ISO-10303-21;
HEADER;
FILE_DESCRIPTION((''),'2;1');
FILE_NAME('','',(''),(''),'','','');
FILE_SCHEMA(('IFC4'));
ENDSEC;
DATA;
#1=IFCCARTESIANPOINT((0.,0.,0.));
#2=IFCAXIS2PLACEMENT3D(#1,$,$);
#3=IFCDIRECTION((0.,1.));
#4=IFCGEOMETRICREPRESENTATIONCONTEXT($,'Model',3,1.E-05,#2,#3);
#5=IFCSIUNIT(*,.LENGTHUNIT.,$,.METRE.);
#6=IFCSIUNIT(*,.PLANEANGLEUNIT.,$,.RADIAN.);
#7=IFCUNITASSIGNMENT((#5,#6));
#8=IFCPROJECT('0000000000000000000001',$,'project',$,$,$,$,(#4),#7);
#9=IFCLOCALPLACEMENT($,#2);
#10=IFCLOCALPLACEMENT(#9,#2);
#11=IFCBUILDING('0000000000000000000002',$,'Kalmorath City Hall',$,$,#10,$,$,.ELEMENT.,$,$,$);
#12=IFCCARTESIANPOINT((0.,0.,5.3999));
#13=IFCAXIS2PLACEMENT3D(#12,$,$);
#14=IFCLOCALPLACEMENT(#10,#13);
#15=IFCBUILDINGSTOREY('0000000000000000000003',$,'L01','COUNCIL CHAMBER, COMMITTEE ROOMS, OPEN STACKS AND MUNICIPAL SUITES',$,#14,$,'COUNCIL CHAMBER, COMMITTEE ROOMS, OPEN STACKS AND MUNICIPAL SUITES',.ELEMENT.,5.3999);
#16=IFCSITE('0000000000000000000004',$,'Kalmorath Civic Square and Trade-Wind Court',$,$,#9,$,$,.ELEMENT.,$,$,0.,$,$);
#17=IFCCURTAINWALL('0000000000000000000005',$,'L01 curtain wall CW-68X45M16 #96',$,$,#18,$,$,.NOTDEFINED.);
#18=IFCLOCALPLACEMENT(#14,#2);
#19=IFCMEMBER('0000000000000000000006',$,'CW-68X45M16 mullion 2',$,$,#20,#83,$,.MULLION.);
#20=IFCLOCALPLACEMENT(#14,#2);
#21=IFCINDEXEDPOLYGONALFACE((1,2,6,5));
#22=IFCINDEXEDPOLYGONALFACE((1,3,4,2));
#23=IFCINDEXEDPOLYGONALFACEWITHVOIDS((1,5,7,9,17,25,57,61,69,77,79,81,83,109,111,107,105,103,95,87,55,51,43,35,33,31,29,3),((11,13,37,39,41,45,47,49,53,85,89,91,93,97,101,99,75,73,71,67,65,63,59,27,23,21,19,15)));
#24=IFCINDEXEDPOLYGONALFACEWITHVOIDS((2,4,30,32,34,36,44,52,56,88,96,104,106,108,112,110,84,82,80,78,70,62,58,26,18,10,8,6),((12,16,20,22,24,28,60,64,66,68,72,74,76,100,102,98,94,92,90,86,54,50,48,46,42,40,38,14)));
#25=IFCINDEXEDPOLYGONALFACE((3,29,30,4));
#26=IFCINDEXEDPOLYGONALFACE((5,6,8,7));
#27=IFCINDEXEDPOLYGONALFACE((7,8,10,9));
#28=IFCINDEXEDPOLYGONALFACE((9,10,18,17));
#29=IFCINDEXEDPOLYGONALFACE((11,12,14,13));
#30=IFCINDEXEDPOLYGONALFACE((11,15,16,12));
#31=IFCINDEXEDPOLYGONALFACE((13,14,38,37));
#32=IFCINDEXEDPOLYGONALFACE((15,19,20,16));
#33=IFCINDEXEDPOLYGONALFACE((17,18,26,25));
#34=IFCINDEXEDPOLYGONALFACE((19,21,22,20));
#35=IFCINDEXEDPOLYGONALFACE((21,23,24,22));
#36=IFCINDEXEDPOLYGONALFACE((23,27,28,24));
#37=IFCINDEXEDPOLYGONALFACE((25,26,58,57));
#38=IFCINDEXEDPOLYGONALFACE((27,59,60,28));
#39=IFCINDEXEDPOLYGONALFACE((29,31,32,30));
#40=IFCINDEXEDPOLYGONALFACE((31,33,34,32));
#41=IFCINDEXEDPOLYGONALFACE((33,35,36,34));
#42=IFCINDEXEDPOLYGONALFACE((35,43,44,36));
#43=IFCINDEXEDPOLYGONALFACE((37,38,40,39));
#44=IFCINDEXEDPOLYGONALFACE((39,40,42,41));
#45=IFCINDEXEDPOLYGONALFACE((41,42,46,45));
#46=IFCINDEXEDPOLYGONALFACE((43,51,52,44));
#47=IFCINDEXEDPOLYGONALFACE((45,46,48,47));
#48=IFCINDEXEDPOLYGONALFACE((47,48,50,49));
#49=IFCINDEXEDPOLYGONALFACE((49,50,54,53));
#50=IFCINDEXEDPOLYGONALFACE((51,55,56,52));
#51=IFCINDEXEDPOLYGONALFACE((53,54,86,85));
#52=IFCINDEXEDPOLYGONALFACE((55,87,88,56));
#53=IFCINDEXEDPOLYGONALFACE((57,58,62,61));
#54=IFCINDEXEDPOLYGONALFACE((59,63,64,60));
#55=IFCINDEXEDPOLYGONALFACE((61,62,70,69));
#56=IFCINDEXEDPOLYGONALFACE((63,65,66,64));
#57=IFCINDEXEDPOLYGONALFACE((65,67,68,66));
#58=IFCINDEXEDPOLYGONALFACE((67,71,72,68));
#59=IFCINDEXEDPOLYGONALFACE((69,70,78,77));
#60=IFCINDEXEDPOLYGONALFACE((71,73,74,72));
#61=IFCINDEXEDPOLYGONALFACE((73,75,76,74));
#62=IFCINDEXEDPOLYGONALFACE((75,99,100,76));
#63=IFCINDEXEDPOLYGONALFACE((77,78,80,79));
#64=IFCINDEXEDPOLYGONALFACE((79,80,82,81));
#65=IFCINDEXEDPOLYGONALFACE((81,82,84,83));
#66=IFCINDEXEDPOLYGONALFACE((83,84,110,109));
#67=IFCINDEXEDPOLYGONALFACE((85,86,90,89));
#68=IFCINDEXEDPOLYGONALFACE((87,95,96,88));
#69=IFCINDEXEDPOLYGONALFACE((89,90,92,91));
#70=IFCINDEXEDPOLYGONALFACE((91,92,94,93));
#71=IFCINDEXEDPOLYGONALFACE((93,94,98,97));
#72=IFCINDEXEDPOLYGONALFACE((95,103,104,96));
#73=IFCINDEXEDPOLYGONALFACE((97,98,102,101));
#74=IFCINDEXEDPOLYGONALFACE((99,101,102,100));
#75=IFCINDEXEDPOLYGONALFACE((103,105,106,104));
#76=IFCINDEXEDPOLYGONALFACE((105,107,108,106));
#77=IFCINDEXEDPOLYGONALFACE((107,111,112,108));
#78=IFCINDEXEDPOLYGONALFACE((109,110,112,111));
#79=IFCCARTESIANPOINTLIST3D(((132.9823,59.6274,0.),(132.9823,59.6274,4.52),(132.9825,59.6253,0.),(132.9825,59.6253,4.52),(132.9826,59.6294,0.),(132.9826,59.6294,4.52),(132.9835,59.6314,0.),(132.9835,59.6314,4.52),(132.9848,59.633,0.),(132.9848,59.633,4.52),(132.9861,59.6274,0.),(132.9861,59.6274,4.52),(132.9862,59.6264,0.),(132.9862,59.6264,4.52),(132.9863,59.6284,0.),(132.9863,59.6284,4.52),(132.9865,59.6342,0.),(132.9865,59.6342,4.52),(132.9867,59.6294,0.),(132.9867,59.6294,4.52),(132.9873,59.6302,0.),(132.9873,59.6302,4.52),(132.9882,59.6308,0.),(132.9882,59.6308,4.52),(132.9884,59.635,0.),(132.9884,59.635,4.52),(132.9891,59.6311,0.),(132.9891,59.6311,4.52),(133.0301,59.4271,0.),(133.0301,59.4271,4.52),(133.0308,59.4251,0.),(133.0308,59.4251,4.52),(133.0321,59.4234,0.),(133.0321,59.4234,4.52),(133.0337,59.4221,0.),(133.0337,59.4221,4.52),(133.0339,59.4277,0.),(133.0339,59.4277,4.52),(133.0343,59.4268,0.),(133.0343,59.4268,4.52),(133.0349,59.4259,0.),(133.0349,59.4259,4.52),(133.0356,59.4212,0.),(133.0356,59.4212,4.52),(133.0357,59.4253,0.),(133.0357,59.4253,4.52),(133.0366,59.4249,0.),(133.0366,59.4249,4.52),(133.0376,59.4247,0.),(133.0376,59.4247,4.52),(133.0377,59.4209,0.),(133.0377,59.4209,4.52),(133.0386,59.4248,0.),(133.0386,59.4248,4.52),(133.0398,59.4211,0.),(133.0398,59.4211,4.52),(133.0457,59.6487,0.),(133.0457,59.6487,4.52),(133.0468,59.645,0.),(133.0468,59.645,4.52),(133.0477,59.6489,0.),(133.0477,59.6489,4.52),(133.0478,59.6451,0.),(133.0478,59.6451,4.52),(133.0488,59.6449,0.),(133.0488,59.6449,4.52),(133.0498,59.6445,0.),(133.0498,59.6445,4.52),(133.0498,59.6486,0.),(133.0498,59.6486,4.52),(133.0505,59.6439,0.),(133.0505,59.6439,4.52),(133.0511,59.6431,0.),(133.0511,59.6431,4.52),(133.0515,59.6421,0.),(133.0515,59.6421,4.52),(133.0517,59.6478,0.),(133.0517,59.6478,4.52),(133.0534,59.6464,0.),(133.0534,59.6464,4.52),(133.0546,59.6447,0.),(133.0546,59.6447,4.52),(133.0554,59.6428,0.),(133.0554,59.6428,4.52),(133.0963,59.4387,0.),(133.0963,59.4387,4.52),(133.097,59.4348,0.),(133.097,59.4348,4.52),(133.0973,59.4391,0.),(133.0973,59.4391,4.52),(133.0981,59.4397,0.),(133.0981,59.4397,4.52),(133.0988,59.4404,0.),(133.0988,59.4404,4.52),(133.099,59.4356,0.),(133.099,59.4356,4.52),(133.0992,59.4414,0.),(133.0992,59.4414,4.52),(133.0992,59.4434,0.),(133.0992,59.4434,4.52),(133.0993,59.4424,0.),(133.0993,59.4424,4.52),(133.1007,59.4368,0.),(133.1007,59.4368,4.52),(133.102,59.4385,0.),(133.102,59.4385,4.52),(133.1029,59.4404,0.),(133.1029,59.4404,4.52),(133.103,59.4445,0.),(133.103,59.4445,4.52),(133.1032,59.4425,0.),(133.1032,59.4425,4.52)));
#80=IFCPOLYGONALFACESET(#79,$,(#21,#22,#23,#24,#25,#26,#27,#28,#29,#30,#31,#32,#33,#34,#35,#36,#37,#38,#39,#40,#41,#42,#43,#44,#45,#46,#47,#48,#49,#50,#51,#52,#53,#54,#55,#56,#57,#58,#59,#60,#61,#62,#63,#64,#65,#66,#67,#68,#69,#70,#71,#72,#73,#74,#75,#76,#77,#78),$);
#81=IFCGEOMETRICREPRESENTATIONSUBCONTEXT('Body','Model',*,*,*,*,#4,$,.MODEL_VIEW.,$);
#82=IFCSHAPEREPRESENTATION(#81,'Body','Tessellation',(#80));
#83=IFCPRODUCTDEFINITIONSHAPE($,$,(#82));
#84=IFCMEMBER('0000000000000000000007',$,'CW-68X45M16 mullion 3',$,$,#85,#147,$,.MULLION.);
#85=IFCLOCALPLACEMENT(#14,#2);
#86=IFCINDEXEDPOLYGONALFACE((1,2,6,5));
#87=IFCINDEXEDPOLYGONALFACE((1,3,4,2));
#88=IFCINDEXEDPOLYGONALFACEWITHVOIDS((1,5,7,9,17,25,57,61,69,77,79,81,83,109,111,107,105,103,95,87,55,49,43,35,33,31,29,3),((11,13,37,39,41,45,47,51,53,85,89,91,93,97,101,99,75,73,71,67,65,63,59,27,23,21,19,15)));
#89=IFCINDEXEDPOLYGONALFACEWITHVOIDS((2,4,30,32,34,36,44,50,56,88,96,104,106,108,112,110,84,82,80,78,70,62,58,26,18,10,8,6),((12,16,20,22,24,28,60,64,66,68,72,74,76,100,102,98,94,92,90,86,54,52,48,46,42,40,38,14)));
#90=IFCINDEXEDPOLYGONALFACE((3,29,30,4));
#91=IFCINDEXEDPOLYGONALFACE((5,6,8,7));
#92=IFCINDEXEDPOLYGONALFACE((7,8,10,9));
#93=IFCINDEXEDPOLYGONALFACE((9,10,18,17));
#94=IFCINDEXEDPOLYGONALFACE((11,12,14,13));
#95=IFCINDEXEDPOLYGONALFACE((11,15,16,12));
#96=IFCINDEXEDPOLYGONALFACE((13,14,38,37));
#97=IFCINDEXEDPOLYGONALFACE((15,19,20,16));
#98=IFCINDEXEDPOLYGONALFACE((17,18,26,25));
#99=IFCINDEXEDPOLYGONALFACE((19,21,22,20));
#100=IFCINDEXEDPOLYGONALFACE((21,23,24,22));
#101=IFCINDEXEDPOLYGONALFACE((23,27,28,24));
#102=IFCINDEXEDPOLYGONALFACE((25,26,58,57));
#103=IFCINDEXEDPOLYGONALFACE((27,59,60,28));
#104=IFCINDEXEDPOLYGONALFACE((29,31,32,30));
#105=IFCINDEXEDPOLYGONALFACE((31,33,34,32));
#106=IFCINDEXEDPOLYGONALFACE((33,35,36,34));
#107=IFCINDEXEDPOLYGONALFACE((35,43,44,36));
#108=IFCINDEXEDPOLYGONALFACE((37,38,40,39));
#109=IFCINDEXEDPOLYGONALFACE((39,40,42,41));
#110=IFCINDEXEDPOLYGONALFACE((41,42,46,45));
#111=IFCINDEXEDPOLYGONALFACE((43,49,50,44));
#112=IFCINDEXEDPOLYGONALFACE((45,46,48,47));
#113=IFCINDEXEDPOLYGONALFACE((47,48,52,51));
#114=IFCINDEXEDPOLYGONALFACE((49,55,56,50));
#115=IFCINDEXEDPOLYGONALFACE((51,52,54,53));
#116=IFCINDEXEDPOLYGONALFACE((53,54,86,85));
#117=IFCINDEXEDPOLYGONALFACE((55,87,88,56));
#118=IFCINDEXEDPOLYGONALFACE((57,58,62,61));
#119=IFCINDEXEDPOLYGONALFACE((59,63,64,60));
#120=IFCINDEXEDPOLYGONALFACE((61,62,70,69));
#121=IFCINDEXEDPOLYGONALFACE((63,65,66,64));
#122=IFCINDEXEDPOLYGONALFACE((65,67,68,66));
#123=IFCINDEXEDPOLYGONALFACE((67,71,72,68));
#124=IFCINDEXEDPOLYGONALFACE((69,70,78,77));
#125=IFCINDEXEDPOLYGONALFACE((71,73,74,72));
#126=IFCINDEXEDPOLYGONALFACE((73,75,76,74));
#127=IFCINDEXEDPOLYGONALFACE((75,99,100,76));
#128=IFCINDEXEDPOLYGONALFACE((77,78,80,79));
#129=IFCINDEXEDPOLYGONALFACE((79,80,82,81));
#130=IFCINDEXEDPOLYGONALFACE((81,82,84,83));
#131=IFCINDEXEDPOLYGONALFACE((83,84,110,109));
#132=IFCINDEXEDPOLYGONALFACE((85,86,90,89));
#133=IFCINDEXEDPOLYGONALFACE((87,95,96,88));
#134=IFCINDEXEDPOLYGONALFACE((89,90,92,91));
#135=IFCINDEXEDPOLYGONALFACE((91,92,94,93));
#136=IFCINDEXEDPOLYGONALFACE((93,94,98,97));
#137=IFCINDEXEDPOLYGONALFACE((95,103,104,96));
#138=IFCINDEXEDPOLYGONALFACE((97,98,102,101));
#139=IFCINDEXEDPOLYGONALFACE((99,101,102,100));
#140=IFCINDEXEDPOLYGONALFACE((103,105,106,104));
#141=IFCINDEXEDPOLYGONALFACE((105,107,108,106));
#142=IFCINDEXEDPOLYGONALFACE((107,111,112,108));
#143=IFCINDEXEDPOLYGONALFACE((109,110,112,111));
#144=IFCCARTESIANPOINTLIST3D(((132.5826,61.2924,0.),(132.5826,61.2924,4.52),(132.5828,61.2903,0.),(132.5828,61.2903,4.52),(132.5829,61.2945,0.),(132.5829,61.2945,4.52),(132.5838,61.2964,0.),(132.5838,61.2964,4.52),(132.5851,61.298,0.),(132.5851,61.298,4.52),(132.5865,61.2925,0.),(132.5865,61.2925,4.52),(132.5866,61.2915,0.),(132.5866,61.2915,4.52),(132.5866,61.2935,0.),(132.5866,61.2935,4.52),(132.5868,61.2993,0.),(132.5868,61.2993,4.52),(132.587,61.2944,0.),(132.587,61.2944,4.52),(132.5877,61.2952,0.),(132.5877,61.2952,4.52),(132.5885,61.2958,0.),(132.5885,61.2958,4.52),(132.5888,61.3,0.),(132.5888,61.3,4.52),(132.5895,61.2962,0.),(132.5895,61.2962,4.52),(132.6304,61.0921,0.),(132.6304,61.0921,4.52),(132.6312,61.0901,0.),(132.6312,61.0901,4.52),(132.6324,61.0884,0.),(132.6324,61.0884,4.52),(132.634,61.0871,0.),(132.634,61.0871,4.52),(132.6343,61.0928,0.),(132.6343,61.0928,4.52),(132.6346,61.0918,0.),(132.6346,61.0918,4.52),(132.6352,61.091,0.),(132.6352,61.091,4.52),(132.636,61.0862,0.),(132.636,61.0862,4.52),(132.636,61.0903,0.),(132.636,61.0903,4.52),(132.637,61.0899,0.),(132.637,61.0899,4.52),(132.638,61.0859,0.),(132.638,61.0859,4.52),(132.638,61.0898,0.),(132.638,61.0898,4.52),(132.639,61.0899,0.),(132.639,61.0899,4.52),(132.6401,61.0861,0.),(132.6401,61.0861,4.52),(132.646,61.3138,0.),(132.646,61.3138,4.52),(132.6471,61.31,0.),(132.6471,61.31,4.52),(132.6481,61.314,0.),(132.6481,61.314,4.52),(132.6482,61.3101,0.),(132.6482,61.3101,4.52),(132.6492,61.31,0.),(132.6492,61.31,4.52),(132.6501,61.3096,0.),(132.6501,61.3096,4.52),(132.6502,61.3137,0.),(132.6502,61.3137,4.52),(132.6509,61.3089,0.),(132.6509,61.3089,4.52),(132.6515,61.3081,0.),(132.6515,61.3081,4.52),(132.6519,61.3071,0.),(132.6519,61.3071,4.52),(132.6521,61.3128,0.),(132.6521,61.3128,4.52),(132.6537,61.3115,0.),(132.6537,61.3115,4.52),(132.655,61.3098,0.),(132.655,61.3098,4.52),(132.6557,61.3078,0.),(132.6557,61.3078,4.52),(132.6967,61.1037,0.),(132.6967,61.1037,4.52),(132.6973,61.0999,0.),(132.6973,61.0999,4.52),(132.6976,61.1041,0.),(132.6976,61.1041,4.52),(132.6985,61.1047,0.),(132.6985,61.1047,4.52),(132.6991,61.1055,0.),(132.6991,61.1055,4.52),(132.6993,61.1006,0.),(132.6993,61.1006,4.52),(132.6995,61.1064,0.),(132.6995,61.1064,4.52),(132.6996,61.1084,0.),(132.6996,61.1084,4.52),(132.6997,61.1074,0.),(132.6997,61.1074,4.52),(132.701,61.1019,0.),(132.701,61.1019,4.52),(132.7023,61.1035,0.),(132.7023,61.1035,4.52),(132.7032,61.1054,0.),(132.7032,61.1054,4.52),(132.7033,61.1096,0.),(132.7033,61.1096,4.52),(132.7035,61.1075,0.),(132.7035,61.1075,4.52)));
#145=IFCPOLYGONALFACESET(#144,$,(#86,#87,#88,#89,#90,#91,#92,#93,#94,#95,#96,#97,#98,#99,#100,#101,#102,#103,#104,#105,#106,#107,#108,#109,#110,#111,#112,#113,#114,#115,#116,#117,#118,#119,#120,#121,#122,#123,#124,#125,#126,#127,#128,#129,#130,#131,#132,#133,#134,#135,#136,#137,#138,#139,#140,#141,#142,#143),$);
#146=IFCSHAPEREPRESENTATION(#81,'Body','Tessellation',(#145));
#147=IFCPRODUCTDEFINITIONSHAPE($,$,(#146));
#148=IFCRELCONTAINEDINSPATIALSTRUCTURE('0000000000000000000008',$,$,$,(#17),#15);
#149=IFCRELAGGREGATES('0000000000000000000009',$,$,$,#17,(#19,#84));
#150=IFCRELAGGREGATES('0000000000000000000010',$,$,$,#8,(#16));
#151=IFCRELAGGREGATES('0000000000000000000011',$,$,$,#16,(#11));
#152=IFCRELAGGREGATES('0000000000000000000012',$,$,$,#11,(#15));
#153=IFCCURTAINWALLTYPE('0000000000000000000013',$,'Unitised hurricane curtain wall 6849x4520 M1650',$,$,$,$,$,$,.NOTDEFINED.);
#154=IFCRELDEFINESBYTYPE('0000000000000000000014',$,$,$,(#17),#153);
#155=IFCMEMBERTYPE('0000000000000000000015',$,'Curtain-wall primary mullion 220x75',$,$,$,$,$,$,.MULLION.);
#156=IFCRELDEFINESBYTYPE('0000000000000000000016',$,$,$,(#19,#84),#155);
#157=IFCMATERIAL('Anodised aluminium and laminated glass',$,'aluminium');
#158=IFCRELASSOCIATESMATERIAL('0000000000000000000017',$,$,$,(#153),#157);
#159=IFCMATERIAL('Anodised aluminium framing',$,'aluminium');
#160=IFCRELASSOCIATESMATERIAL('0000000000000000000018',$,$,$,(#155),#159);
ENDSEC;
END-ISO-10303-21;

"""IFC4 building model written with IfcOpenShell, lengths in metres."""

from ifc_helpers import new_model, si_unit, direction, frame, origin, origin_2d, place, context, subcontext, project, spatial, hollow_rectangle, extrude, material, material_profile, profile_set, type_object, element, aggregate, save


model = new_model("IFC4")

# Units and contexts
model_context = context("Model", 3, precision=1e-05, world=origin(), true_north=direction((0.0, 1.0)))
body_context = subcontext(model_context, "Body", "Model", "MODEL_VIEW")
ifc_project = project(units=[si_unit("LENGTHUNIT", "METRE"), si_unit("PLANEANGLEUNIT", "RADIAN")], contexts=[model_context])

# Site, building, storey
site_placement = place(None, origin())
site = spatial("IfcSite", under=ifc_project, at=site_placement, Name="Kalmorath Civic Square and Trade-Wind Court", CompositionType="ELEMENT", RefElevation=0.0)
building_placement = place(site_placement, origin())
building = spatial("IfcBuilding", under=site, at=building_placement, Name="Kalmorath City Hall", CompositionType="ELEMENT")
storey_placement = place(building_placement, frame((0.0, 0.0, 5.3999)))
storey = spatial("IfcBuildingStorey", under=building, at=storey_placement, Name="L01", Description="COUNCIL CHAMBER, COMMITTEE ROOMS, OPEN STACKS AND MUNICIPAL SUITES", LongName="COUNCIL CHAMBER, COMMITTEE ROOMS, OPEN STACKS AND MUNICIPAL SUITES", CompositionType="ELEMENT", Elevation=5.3999)

# Curtain wall, members
ifc_material_1 = material(Name="Anodised aluminium and laminated glass", Category="aluminium")
curtain_wall_type = type_object("IfcCurtainWallType", Name="Unitised hurricane curtain wall 6849x4520 M1650", PredefinedType="NOTDEFINED", material=ifc_material_1)
curtain_wall_placement = place(storey_placement, origin())
curtain_wall = element("IfcCurtainWall", 1, at=curtain_wall_placement, inside=storey, type_object=curtain_wall_type, Name="L01 curtain wall CW-68X45M16 #96", PredefinedType="NOTDEFINED")
ifc_material_2 = material(Name="Anodised aluminium framing", Category="aluminium")
ifc_material_profile_1 = material_profile(ifc_material_2, hollow_rectangle(XDim=0.075, YDim=0.22, WallThickness=0.0039, InnerFilletRadius=0.0039, OuterFilletRadius=0.0081, at=origin_2d()), Name="ALU-MUL-220X75X4")
ifc_profile_set_1 = profile_set([ifc_material_profile_1], Name="Anodised aluminium framing")
member_type_1 = type_object("IfcMemberType", Name="Curtain-wall primary mullion 220x75", PredefinedType="MULLION", material=ifc_profile_set_1)
member_1_placement = place(storey_placement, frame((133.0427, 59.5349, 0.0), z_axis=(0.0, 0.0, 1.0), x_axis=(-0.972367, -0.233456, 0.0)))
member_1 = element("IfcMember", 2, at=member_1_placement, type_object=member_type_1, Name="CW-68X45M16 mullion 2", PredefinedType="MULLION", context=body_context, shape_type="SweptSolid", body=[
    extrude(hollow_rectangle(XDim=0.075, YDim=0.22, WallThickness=0.0039, InnerFilletRadius=0.0039, OuterFilletRadius=0.0081, at=origin_2d()), origin(), (0.0, 0.0, 1.0), 4.52),
])
member_2_placement = place(storey_placement, frame((132.6431, 61.2, 0.0), z_axis=(0.0, 0.0, 1.0), x_axis=(-0.972367, -0.233456, 0.0)))
member_2 = element("IfcMember", 3, at=member_2_placement, type_object=member_type_1, Name="CW-68X45M16 mullion 3", PredefinedType="MULLION", context=body_context, shape_type="SweptSolid", body=[
    extrude(hollow_rectangle(XDim=0.075, YDim=0.22, WallThickness=0.0039, InnerFilletRadius=0.0039, OuterFilletRadius=0.0081, at=origin_2d()), origin(), (0.0, 0.0, 1.0), 4.52),
])
aggregate(curtain_wall, [member_1, member_2])

save(model, "model.ifc")
